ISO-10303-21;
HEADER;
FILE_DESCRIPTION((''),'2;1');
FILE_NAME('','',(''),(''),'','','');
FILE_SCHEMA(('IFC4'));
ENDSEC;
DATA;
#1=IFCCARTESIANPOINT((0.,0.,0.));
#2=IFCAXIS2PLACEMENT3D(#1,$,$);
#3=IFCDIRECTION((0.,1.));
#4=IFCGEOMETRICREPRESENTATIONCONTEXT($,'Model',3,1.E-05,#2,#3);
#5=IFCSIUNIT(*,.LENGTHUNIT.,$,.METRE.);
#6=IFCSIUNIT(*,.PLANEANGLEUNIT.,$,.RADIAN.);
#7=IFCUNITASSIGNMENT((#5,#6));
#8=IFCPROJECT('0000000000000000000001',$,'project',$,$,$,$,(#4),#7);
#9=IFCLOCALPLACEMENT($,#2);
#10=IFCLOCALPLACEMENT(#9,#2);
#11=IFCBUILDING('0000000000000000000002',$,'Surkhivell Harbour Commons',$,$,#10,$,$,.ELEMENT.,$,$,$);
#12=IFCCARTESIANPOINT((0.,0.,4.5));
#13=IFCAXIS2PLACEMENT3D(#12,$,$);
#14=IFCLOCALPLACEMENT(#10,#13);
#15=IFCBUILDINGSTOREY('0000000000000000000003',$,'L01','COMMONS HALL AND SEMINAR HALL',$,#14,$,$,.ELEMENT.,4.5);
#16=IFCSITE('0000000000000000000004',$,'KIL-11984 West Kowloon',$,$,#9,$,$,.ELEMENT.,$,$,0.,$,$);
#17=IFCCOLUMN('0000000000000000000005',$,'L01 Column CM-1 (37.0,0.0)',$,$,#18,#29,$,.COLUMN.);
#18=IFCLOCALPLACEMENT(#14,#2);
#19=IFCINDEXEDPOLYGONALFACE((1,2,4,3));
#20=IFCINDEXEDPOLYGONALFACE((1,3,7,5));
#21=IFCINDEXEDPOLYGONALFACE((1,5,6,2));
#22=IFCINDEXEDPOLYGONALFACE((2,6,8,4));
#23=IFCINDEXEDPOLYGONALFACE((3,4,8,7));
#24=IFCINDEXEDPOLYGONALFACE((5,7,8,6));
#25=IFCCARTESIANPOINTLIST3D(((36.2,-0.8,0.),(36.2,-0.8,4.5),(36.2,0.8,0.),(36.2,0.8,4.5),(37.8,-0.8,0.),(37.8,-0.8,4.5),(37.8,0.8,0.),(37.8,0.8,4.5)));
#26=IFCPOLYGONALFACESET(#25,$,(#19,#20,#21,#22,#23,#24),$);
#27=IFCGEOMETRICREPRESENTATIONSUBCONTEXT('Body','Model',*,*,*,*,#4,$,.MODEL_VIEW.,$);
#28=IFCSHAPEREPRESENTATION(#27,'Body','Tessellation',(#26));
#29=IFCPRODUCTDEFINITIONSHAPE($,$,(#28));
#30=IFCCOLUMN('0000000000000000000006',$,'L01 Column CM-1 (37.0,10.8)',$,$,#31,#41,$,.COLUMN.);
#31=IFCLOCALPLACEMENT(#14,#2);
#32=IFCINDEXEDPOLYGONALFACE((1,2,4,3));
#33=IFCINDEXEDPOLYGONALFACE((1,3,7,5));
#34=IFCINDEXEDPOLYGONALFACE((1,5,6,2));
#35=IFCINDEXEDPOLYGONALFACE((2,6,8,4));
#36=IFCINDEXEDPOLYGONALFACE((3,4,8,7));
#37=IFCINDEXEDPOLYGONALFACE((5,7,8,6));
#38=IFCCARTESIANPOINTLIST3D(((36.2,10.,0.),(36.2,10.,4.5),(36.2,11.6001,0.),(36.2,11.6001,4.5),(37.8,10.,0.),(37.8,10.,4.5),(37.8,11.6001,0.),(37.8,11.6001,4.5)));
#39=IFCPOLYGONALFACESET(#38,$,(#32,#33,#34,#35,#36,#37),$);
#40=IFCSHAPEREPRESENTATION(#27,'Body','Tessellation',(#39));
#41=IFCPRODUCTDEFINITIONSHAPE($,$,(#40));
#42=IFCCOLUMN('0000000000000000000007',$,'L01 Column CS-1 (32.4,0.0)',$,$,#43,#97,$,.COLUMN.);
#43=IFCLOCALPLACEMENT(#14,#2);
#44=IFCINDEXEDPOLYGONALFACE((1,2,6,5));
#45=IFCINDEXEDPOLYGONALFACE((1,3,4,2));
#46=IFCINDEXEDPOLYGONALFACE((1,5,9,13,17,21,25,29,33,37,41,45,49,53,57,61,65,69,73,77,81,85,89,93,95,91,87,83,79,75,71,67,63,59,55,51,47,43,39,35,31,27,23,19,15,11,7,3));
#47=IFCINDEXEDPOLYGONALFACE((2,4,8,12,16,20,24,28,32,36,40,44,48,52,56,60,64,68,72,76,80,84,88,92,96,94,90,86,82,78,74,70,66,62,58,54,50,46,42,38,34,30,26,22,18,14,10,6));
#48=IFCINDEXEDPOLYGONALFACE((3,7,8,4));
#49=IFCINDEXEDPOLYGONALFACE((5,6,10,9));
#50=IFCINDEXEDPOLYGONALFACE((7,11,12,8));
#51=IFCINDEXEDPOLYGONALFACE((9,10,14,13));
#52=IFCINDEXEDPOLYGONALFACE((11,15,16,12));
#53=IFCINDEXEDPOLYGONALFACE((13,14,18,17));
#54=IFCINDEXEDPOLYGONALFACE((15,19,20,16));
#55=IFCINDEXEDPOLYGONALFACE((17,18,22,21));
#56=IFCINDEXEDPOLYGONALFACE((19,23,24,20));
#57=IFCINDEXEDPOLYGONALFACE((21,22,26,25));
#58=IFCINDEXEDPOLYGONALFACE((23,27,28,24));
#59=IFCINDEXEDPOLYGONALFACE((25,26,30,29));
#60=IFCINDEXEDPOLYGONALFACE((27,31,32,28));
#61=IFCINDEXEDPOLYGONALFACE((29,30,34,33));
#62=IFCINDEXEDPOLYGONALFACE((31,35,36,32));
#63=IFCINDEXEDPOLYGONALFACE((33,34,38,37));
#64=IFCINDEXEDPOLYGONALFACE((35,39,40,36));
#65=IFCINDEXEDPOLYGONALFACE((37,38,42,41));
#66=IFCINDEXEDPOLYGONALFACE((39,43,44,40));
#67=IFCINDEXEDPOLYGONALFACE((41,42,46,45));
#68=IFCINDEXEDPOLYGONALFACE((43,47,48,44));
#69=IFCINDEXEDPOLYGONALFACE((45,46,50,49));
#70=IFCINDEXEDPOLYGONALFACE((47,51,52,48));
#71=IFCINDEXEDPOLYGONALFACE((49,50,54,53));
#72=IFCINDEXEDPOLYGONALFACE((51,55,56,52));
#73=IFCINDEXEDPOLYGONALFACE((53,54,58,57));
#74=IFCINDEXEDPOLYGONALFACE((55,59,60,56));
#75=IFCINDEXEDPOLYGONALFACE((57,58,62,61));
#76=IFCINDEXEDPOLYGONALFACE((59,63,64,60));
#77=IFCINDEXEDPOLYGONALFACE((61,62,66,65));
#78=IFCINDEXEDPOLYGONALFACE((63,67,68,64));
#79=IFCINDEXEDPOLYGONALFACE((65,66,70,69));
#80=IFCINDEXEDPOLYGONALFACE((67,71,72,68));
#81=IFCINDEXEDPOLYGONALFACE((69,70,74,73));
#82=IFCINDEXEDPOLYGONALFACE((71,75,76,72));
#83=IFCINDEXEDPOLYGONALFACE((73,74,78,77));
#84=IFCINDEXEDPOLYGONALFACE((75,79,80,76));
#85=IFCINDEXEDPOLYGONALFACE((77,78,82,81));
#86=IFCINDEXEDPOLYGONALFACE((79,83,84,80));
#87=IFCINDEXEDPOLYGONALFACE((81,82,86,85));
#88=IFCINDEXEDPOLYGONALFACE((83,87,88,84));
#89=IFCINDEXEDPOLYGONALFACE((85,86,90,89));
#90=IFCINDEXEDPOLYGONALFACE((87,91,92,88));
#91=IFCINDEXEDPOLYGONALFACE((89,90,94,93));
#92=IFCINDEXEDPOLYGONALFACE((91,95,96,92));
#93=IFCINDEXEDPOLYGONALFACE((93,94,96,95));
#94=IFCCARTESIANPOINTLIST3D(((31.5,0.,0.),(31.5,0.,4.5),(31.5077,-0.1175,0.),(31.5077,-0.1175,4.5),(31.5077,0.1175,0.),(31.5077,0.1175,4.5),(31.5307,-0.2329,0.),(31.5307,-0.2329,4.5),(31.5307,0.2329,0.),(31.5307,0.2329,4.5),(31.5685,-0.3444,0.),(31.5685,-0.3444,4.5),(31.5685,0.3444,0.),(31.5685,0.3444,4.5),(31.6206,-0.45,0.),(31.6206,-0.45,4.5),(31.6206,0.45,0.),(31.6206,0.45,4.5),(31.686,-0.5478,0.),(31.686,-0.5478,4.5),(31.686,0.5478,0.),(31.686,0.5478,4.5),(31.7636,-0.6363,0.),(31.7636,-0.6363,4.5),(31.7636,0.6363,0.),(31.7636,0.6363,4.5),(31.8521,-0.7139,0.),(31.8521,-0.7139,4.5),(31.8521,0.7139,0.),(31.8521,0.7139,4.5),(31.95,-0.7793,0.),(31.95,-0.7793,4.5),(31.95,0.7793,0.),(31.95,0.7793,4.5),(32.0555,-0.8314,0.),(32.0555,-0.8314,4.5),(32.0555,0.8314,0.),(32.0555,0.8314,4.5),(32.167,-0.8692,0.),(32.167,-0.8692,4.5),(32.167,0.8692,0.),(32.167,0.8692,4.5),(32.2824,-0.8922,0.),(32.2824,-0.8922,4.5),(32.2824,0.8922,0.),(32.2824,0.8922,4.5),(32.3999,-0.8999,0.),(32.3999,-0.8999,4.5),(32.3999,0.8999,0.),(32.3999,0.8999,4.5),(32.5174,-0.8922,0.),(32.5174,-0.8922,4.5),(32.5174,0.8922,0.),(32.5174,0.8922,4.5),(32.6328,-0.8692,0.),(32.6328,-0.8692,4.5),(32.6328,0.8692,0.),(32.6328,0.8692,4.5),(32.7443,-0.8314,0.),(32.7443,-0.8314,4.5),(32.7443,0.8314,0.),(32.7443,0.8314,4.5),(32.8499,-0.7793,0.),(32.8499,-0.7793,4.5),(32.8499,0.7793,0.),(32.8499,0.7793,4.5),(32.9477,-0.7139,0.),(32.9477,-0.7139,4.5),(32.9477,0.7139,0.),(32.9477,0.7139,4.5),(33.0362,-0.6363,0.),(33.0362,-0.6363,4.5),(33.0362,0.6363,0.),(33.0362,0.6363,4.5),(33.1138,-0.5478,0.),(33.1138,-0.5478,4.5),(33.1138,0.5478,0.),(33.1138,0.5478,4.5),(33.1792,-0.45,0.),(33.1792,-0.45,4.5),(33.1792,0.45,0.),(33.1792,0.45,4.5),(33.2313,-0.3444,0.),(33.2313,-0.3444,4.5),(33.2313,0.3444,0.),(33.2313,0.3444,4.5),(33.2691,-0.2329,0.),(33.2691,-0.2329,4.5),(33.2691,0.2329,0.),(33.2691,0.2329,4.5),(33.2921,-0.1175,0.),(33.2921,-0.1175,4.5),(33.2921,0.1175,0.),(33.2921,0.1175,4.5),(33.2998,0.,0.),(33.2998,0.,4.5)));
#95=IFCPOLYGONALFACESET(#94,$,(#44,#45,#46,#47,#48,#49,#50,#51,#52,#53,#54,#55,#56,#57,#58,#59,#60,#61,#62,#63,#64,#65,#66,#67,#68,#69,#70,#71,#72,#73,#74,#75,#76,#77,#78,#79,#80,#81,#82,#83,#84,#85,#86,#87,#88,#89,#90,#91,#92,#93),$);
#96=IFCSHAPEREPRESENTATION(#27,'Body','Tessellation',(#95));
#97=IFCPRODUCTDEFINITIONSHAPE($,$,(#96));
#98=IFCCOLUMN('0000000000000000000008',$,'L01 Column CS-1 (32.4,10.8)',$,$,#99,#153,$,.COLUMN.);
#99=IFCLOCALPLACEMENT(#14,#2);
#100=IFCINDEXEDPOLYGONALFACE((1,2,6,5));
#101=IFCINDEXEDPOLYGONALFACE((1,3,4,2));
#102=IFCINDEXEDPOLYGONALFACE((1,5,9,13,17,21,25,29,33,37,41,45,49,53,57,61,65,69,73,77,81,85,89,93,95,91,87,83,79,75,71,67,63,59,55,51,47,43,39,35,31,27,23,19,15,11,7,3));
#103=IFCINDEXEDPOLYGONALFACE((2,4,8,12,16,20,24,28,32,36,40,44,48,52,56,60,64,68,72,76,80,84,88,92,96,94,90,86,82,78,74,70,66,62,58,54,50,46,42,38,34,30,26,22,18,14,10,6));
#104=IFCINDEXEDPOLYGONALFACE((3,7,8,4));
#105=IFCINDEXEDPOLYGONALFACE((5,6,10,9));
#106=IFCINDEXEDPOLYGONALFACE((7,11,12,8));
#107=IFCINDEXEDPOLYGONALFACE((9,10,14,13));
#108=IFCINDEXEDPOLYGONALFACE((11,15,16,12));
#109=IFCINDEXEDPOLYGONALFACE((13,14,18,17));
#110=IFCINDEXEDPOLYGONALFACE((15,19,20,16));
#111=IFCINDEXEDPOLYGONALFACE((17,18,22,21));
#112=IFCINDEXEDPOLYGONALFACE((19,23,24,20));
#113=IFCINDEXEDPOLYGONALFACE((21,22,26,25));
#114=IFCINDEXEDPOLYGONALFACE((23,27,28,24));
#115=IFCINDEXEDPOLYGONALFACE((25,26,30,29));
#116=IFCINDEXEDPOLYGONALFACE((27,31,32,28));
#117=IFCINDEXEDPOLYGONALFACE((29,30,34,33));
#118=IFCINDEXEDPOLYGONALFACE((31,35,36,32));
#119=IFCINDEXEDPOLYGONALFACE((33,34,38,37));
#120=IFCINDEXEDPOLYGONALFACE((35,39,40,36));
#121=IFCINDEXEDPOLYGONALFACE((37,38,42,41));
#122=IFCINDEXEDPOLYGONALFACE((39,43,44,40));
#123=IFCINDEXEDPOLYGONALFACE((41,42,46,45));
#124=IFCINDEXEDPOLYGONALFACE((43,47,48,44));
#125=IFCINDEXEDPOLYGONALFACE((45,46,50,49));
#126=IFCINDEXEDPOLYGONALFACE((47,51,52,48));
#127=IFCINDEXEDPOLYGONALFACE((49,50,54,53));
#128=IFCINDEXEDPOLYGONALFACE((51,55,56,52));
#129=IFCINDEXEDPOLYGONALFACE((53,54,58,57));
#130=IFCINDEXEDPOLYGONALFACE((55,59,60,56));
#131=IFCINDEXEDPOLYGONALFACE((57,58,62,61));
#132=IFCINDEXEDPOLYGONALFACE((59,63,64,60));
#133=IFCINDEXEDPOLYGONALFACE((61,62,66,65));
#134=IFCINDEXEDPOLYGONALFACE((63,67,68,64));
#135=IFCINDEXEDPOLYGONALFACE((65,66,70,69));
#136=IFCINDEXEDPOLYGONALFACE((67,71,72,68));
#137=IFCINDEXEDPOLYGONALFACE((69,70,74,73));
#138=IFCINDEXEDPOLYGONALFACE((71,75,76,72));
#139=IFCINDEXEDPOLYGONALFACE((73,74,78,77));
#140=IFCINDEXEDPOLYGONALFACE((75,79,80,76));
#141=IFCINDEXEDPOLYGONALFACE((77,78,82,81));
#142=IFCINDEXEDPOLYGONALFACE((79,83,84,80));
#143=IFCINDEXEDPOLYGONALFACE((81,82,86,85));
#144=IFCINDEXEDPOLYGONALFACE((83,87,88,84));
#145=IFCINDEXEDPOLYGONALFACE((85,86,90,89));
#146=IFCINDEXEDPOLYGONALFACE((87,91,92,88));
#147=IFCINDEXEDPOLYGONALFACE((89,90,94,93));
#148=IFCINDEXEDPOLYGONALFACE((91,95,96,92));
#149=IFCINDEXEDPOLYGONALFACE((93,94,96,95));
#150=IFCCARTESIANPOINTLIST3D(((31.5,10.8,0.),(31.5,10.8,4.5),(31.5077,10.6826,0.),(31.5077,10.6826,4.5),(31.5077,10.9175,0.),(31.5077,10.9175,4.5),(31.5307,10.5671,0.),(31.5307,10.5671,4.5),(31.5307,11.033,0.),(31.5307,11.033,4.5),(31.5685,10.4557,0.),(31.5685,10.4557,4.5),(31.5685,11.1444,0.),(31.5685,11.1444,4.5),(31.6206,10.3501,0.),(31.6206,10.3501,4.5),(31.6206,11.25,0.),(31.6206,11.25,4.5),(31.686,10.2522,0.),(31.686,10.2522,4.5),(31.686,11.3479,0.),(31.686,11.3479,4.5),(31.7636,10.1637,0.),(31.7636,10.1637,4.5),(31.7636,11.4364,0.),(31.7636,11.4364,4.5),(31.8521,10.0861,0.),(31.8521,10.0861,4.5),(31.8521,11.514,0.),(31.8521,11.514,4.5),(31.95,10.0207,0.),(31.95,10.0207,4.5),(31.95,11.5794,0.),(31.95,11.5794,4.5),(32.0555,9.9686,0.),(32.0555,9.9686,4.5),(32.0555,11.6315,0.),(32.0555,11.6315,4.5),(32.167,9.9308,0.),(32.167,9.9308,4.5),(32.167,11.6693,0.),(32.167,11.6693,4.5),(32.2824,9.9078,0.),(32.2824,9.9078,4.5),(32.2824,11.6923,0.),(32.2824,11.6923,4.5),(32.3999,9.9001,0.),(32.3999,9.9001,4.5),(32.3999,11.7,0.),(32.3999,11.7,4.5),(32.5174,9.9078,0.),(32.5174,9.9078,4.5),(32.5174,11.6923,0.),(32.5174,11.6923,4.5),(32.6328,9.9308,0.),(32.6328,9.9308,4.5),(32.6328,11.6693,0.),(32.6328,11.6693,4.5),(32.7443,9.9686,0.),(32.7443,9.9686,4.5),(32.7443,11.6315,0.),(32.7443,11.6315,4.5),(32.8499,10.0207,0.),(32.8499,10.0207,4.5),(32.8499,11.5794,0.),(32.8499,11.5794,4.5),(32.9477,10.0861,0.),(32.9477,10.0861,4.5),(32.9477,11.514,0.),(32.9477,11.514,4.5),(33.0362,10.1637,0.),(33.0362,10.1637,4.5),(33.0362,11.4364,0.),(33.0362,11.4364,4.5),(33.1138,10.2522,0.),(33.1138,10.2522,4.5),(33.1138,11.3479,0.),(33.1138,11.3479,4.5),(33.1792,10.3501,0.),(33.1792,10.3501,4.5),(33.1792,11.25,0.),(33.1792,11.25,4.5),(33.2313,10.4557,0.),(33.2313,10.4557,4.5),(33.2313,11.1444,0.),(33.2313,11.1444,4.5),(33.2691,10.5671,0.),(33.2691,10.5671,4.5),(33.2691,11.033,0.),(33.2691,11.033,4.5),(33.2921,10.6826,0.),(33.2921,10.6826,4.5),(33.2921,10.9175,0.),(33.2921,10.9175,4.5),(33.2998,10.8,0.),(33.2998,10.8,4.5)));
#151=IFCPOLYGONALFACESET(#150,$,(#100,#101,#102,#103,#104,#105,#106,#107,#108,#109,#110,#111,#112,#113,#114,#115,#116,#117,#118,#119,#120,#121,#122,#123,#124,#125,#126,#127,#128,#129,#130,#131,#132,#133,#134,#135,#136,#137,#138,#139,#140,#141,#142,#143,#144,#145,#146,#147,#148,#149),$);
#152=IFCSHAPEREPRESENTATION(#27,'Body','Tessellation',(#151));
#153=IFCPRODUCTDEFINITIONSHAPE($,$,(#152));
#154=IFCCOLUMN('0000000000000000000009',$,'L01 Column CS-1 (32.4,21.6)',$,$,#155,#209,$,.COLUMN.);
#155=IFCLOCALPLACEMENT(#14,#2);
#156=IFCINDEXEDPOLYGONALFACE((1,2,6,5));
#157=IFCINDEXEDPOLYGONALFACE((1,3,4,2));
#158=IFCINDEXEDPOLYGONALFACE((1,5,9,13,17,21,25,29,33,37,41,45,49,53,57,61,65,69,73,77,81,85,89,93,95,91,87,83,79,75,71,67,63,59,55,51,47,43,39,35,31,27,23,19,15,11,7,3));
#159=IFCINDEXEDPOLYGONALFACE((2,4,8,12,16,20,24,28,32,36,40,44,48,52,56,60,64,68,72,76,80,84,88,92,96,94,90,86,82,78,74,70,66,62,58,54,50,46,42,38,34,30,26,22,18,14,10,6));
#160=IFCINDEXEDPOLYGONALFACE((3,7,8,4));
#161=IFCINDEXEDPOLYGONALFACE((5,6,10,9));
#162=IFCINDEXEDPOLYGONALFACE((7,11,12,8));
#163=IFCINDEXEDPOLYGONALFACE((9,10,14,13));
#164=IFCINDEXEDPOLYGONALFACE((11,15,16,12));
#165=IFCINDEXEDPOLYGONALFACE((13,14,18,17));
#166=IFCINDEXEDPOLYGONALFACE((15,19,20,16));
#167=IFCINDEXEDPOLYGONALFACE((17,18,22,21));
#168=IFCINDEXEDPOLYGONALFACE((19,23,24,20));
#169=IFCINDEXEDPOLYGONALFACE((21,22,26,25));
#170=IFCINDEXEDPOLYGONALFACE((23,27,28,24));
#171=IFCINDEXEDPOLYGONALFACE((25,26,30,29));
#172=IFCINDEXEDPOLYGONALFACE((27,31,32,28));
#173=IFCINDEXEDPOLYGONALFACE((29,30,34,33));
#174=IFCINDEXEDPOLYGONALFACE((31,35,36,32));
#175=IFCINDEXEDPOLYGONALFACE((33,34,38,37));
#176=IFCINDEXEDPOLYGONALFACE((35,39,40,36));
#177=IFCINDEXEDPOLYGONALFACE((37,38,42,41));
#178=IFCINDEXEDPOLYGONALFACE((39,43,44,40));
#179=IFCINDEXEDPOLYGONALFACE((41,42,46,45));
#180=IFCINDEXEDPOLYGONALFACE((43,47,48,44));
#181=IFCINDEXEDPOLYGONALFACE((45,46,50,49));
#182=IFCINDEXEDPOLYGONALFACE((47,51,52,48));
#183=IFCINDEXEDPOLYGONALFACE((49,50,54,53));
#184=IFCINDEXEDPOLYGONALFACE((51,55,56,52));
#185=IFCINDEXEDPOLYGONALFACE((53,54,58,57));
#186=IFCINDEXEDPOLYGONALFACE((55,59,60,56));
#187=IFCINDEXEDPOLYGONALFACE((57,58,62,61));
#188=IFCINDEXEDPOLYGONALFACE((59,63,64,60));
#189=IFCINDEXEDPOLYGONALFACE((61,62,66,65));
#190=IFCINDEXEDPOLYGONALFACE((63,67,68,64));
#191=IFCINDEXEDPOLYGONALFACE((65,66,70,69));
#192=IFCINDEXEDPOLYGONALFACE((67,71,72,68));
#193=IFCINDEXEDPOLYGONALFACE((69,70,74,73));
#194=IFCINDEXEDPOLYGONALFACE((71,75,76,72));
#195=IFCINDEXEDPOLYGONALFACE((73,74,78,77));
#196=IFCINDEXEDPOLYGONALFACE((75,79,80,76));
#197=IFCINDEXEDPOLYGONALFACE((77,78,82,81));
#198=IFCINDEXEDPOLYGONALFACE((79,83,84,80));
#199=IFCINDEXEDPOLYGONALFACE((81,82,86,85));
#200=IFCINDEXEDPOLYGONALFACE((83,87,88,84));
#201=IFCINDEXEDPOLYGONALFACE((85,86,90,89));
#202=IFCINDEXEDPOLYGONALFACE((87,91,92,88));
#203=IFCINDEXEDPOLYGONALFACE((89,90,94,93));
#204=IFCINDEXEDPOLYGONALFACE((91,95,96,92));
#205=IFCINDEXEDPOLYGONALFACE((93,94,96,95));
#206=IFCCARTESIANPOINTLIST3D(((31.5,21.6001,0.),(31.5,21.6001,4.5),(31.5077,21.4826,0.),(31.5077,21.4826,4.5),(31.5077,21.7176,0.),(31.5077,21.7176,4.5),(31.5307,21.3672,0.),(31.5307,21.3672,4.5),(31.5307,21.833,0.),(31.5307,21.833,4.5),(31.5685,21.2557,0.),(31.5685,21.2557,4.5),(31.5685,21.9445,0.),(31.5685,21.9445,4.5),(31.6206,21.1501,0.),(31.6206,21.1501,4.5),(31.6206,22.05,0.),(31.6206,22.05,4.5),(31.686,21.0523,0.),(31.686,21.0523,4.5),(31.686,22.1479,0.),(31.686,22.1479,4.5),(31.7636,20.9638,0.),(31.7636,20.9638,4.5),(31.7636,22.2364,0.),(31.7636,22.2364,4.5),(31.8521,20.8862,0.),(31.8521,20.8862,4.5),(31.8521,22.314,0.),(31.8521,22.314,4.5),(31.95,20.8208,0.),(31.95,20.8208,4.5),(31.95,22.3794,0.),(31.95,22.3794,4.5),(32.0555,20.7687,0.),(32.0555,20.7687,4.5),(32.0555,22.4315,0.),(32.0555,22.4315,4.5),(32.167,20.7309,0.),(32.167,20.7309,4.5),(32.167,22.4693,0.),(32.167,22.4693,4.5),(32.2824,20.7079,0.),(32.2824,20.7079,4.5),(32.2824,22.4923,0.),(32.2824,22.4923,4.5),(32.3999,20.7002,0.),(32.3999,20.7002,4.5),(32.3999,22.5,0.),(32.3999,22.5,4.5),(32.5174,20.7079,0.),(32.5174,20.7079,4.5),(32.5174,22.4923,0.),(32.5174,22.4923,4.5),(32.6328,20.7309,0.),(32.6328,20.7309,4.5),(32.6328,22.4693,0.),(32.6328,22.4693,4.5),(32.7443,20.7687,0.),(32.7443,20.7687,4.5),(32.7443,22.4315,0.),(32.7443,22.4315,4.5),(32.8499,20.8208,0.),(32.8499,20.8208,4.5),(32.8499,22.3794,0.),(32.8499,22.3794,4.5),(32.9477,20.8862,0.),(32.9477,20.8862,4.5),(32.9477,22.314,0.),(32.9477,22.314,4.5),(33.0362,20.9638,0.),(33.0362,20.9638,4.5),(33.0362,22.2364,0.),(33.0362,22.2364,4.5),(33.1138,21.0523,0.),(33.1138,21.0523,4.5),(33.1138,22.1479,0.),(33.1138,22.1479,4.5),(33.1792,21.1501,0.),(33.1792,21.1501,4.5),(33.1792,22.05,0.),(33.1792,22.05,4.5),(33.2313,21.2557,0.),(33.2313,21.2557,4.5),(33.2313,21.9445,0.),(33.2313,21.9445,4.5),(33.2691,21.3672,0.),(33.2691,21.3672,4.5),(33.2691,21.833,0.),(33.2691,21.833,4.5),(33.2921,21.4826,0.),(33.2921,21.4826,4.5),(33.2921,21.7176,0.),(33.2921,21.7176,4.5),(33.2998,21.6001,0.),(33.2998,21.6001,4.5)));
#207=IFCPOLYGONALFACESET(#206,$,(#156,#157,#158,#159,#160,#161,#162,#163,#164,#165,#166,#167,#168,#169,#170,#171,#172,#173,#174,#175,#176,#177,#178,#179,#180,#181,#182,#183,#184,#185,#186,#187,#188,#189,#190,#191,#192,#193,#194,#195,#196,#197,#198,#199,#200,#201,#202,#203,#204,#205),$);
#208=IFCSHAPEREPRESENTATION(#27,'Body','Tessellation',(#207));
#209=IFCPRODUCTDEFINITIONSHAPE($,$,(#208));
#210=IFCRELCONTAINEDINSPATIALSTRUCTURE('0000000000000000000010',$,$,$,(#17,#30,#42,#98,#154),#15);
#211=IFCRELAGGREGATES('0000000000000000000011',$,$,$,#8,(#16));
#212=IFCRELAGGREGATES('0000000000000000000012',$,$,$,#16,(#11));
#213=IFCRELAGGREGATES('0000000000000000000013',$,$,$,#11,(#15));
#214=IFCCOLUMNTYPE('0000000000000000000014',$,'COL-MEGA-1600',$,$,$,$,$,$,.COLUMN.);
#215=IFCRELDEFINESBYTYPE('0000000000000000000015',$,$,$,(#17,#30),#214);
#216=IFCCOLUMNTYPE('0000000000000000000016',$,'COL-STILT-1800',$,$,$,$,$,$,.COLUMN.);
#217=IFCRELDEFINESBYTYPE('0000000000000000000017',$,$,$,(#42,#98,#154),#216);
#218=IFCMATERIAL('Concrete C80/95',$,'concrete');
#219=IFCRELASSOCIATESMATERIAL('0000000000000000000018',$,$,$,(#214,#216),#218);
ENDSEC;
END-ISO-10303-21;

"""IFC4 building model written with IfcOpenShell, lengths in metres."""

from ifc_helpers import new_model, si_unit, direction, frame, origin, origin_2d, place, context, subcontext, project, spatial, rectangle, circle, extrude, material, material_profile, profile_set, type_object, element, save


model = new_model("IFC4")

# Units and contexts
model_context = context("Model", 3, precision=1e-05, world=origin(), true_north=direction((0.0, 1.0)))
body_context = subcontext(model_context, "Body", "Model", "MODEL_VIEW")
ifc_project = project(units=[si_unit("LENGTHUNIT", "METRE"), si_unit("PLANEANGLEUNIT", "RADIAN")], contexts=[model_context])

# Site, building, storey
site_placement = place(None, origin())
site = spatial("IfcSite", under=ifc_project, at=site_placement, Name="KIL-11984 West Kowloon", CompositionType="ELEMENT", RefElevation=0.0)
building_placement = place(site_placement, origin())
building = spatial("IfcBuilding", under=site, at=building_placement, Name="Surkhivell Harbour Commons", CompositionType="ELEMENT")
storey_placement = place(building_placement, frame((0.0, 0.0, 4.5)))
storey = spatial("IfcBuildingStorey", under=building, at=storey_placement, Name="L01", Description="COMMONS HALL AND SEMINAR HALL", CompositionType="ELEMENT", Elevation=4.5)

# Columns
ifc_material_1 = material(Name="Concrete C80/95", Category="concrete")
ifc_material_profile_1 = material_profile(ifc_material_1, rectangle(XDim=1.6001, YDim=1.6001, at=origin_2d()), Name="RC-COL-1600x1600")
ifc_profile_set_1 = profile_set([ifc_material_profile_1], Name="Concrete C80/95")
column_type_1 = type_object("IfcColumnType", Name="COL-MEGA-1600", PredefinedType="COLUMN", material=ifc_profile_set_1)
for number, where, z_axis, x_axis, name in (
    (1, (37.0, 0.0, 0.0), (0.0, 0.0, 1.0), (1.0, 0.0, 0.0), "L01 Column CM-1 (37.0,0.0)"),
    (2, (37.0, 10.8, 0.0), (0.0, 0.0, 1.0), (1.0, 0.0, 0.0), "L01 Column CM-1 (37.0,10.8)"),
):
    element("IfcColumn", number, at=place(storey_placement, frame(where, z_axis=z_axis, x_axis=x_axis)), inside=storey, type_object=column_type_1, Name=name, PredefinedType="COLUMN", context=body_context, shape_type="SweptSolid", body=[
        extrude(rectangle(XDim=1.6001, YDim=1.6001, at=origin_2d()), origin(), (0.0, 0.0, 1.0), 4.5),
    ])
ifc_material_profile_2 = material_profile(ifc_material_1, circle(Radius=0.8999, at=origin_2d()), Name="RC-CIRC-1800")
ifc_profile_set_2 = profile_set([ifc_material_profile_2], Name="Concrete C80/95")
column_type_2 = type_object("IfcColumnType", Name="COL-STILT-1800", PredefinedType="COLUMN", material=ifc_profile_set_2)
for number, where, z_axis, x_axis, name in (
    (3, (32.3999, 0.0, 0.0), (0.0, 0.0, 1.0), (1.0, 0.0, 0.0), "L01 Column CS-1 (32.4,0.0)"),
    (4, (32.3999, 10.8, 0.0), (0.0, 0.0, 1.0), (1.0, 0.0, 0.0), "L01 Column CS-1 (32.4,10.8)"),
    (5, (32.3999, 21.6001, 0.0), (0.0, 0.0, 1.0), (1.0, 0.0, 0.0), "L01 Column CS-1 (32.4,21.6)"),
):
    element("IfcColumn", number, at=place(storey_placement, frame(where, z_axis=z_axis, x_axis=x_axis)), inside=storey, type_object=column_type_2, Name=name, PredefinedType="COLUMN", context=body_context, shape_type="SweptSolid", body=[
        extrude(circle(Radius=0.8999, at=origin_2d()), origin(), (0.0, 0.0, 1.0), 4.5),
    ])

save(model, "model.ifc")
